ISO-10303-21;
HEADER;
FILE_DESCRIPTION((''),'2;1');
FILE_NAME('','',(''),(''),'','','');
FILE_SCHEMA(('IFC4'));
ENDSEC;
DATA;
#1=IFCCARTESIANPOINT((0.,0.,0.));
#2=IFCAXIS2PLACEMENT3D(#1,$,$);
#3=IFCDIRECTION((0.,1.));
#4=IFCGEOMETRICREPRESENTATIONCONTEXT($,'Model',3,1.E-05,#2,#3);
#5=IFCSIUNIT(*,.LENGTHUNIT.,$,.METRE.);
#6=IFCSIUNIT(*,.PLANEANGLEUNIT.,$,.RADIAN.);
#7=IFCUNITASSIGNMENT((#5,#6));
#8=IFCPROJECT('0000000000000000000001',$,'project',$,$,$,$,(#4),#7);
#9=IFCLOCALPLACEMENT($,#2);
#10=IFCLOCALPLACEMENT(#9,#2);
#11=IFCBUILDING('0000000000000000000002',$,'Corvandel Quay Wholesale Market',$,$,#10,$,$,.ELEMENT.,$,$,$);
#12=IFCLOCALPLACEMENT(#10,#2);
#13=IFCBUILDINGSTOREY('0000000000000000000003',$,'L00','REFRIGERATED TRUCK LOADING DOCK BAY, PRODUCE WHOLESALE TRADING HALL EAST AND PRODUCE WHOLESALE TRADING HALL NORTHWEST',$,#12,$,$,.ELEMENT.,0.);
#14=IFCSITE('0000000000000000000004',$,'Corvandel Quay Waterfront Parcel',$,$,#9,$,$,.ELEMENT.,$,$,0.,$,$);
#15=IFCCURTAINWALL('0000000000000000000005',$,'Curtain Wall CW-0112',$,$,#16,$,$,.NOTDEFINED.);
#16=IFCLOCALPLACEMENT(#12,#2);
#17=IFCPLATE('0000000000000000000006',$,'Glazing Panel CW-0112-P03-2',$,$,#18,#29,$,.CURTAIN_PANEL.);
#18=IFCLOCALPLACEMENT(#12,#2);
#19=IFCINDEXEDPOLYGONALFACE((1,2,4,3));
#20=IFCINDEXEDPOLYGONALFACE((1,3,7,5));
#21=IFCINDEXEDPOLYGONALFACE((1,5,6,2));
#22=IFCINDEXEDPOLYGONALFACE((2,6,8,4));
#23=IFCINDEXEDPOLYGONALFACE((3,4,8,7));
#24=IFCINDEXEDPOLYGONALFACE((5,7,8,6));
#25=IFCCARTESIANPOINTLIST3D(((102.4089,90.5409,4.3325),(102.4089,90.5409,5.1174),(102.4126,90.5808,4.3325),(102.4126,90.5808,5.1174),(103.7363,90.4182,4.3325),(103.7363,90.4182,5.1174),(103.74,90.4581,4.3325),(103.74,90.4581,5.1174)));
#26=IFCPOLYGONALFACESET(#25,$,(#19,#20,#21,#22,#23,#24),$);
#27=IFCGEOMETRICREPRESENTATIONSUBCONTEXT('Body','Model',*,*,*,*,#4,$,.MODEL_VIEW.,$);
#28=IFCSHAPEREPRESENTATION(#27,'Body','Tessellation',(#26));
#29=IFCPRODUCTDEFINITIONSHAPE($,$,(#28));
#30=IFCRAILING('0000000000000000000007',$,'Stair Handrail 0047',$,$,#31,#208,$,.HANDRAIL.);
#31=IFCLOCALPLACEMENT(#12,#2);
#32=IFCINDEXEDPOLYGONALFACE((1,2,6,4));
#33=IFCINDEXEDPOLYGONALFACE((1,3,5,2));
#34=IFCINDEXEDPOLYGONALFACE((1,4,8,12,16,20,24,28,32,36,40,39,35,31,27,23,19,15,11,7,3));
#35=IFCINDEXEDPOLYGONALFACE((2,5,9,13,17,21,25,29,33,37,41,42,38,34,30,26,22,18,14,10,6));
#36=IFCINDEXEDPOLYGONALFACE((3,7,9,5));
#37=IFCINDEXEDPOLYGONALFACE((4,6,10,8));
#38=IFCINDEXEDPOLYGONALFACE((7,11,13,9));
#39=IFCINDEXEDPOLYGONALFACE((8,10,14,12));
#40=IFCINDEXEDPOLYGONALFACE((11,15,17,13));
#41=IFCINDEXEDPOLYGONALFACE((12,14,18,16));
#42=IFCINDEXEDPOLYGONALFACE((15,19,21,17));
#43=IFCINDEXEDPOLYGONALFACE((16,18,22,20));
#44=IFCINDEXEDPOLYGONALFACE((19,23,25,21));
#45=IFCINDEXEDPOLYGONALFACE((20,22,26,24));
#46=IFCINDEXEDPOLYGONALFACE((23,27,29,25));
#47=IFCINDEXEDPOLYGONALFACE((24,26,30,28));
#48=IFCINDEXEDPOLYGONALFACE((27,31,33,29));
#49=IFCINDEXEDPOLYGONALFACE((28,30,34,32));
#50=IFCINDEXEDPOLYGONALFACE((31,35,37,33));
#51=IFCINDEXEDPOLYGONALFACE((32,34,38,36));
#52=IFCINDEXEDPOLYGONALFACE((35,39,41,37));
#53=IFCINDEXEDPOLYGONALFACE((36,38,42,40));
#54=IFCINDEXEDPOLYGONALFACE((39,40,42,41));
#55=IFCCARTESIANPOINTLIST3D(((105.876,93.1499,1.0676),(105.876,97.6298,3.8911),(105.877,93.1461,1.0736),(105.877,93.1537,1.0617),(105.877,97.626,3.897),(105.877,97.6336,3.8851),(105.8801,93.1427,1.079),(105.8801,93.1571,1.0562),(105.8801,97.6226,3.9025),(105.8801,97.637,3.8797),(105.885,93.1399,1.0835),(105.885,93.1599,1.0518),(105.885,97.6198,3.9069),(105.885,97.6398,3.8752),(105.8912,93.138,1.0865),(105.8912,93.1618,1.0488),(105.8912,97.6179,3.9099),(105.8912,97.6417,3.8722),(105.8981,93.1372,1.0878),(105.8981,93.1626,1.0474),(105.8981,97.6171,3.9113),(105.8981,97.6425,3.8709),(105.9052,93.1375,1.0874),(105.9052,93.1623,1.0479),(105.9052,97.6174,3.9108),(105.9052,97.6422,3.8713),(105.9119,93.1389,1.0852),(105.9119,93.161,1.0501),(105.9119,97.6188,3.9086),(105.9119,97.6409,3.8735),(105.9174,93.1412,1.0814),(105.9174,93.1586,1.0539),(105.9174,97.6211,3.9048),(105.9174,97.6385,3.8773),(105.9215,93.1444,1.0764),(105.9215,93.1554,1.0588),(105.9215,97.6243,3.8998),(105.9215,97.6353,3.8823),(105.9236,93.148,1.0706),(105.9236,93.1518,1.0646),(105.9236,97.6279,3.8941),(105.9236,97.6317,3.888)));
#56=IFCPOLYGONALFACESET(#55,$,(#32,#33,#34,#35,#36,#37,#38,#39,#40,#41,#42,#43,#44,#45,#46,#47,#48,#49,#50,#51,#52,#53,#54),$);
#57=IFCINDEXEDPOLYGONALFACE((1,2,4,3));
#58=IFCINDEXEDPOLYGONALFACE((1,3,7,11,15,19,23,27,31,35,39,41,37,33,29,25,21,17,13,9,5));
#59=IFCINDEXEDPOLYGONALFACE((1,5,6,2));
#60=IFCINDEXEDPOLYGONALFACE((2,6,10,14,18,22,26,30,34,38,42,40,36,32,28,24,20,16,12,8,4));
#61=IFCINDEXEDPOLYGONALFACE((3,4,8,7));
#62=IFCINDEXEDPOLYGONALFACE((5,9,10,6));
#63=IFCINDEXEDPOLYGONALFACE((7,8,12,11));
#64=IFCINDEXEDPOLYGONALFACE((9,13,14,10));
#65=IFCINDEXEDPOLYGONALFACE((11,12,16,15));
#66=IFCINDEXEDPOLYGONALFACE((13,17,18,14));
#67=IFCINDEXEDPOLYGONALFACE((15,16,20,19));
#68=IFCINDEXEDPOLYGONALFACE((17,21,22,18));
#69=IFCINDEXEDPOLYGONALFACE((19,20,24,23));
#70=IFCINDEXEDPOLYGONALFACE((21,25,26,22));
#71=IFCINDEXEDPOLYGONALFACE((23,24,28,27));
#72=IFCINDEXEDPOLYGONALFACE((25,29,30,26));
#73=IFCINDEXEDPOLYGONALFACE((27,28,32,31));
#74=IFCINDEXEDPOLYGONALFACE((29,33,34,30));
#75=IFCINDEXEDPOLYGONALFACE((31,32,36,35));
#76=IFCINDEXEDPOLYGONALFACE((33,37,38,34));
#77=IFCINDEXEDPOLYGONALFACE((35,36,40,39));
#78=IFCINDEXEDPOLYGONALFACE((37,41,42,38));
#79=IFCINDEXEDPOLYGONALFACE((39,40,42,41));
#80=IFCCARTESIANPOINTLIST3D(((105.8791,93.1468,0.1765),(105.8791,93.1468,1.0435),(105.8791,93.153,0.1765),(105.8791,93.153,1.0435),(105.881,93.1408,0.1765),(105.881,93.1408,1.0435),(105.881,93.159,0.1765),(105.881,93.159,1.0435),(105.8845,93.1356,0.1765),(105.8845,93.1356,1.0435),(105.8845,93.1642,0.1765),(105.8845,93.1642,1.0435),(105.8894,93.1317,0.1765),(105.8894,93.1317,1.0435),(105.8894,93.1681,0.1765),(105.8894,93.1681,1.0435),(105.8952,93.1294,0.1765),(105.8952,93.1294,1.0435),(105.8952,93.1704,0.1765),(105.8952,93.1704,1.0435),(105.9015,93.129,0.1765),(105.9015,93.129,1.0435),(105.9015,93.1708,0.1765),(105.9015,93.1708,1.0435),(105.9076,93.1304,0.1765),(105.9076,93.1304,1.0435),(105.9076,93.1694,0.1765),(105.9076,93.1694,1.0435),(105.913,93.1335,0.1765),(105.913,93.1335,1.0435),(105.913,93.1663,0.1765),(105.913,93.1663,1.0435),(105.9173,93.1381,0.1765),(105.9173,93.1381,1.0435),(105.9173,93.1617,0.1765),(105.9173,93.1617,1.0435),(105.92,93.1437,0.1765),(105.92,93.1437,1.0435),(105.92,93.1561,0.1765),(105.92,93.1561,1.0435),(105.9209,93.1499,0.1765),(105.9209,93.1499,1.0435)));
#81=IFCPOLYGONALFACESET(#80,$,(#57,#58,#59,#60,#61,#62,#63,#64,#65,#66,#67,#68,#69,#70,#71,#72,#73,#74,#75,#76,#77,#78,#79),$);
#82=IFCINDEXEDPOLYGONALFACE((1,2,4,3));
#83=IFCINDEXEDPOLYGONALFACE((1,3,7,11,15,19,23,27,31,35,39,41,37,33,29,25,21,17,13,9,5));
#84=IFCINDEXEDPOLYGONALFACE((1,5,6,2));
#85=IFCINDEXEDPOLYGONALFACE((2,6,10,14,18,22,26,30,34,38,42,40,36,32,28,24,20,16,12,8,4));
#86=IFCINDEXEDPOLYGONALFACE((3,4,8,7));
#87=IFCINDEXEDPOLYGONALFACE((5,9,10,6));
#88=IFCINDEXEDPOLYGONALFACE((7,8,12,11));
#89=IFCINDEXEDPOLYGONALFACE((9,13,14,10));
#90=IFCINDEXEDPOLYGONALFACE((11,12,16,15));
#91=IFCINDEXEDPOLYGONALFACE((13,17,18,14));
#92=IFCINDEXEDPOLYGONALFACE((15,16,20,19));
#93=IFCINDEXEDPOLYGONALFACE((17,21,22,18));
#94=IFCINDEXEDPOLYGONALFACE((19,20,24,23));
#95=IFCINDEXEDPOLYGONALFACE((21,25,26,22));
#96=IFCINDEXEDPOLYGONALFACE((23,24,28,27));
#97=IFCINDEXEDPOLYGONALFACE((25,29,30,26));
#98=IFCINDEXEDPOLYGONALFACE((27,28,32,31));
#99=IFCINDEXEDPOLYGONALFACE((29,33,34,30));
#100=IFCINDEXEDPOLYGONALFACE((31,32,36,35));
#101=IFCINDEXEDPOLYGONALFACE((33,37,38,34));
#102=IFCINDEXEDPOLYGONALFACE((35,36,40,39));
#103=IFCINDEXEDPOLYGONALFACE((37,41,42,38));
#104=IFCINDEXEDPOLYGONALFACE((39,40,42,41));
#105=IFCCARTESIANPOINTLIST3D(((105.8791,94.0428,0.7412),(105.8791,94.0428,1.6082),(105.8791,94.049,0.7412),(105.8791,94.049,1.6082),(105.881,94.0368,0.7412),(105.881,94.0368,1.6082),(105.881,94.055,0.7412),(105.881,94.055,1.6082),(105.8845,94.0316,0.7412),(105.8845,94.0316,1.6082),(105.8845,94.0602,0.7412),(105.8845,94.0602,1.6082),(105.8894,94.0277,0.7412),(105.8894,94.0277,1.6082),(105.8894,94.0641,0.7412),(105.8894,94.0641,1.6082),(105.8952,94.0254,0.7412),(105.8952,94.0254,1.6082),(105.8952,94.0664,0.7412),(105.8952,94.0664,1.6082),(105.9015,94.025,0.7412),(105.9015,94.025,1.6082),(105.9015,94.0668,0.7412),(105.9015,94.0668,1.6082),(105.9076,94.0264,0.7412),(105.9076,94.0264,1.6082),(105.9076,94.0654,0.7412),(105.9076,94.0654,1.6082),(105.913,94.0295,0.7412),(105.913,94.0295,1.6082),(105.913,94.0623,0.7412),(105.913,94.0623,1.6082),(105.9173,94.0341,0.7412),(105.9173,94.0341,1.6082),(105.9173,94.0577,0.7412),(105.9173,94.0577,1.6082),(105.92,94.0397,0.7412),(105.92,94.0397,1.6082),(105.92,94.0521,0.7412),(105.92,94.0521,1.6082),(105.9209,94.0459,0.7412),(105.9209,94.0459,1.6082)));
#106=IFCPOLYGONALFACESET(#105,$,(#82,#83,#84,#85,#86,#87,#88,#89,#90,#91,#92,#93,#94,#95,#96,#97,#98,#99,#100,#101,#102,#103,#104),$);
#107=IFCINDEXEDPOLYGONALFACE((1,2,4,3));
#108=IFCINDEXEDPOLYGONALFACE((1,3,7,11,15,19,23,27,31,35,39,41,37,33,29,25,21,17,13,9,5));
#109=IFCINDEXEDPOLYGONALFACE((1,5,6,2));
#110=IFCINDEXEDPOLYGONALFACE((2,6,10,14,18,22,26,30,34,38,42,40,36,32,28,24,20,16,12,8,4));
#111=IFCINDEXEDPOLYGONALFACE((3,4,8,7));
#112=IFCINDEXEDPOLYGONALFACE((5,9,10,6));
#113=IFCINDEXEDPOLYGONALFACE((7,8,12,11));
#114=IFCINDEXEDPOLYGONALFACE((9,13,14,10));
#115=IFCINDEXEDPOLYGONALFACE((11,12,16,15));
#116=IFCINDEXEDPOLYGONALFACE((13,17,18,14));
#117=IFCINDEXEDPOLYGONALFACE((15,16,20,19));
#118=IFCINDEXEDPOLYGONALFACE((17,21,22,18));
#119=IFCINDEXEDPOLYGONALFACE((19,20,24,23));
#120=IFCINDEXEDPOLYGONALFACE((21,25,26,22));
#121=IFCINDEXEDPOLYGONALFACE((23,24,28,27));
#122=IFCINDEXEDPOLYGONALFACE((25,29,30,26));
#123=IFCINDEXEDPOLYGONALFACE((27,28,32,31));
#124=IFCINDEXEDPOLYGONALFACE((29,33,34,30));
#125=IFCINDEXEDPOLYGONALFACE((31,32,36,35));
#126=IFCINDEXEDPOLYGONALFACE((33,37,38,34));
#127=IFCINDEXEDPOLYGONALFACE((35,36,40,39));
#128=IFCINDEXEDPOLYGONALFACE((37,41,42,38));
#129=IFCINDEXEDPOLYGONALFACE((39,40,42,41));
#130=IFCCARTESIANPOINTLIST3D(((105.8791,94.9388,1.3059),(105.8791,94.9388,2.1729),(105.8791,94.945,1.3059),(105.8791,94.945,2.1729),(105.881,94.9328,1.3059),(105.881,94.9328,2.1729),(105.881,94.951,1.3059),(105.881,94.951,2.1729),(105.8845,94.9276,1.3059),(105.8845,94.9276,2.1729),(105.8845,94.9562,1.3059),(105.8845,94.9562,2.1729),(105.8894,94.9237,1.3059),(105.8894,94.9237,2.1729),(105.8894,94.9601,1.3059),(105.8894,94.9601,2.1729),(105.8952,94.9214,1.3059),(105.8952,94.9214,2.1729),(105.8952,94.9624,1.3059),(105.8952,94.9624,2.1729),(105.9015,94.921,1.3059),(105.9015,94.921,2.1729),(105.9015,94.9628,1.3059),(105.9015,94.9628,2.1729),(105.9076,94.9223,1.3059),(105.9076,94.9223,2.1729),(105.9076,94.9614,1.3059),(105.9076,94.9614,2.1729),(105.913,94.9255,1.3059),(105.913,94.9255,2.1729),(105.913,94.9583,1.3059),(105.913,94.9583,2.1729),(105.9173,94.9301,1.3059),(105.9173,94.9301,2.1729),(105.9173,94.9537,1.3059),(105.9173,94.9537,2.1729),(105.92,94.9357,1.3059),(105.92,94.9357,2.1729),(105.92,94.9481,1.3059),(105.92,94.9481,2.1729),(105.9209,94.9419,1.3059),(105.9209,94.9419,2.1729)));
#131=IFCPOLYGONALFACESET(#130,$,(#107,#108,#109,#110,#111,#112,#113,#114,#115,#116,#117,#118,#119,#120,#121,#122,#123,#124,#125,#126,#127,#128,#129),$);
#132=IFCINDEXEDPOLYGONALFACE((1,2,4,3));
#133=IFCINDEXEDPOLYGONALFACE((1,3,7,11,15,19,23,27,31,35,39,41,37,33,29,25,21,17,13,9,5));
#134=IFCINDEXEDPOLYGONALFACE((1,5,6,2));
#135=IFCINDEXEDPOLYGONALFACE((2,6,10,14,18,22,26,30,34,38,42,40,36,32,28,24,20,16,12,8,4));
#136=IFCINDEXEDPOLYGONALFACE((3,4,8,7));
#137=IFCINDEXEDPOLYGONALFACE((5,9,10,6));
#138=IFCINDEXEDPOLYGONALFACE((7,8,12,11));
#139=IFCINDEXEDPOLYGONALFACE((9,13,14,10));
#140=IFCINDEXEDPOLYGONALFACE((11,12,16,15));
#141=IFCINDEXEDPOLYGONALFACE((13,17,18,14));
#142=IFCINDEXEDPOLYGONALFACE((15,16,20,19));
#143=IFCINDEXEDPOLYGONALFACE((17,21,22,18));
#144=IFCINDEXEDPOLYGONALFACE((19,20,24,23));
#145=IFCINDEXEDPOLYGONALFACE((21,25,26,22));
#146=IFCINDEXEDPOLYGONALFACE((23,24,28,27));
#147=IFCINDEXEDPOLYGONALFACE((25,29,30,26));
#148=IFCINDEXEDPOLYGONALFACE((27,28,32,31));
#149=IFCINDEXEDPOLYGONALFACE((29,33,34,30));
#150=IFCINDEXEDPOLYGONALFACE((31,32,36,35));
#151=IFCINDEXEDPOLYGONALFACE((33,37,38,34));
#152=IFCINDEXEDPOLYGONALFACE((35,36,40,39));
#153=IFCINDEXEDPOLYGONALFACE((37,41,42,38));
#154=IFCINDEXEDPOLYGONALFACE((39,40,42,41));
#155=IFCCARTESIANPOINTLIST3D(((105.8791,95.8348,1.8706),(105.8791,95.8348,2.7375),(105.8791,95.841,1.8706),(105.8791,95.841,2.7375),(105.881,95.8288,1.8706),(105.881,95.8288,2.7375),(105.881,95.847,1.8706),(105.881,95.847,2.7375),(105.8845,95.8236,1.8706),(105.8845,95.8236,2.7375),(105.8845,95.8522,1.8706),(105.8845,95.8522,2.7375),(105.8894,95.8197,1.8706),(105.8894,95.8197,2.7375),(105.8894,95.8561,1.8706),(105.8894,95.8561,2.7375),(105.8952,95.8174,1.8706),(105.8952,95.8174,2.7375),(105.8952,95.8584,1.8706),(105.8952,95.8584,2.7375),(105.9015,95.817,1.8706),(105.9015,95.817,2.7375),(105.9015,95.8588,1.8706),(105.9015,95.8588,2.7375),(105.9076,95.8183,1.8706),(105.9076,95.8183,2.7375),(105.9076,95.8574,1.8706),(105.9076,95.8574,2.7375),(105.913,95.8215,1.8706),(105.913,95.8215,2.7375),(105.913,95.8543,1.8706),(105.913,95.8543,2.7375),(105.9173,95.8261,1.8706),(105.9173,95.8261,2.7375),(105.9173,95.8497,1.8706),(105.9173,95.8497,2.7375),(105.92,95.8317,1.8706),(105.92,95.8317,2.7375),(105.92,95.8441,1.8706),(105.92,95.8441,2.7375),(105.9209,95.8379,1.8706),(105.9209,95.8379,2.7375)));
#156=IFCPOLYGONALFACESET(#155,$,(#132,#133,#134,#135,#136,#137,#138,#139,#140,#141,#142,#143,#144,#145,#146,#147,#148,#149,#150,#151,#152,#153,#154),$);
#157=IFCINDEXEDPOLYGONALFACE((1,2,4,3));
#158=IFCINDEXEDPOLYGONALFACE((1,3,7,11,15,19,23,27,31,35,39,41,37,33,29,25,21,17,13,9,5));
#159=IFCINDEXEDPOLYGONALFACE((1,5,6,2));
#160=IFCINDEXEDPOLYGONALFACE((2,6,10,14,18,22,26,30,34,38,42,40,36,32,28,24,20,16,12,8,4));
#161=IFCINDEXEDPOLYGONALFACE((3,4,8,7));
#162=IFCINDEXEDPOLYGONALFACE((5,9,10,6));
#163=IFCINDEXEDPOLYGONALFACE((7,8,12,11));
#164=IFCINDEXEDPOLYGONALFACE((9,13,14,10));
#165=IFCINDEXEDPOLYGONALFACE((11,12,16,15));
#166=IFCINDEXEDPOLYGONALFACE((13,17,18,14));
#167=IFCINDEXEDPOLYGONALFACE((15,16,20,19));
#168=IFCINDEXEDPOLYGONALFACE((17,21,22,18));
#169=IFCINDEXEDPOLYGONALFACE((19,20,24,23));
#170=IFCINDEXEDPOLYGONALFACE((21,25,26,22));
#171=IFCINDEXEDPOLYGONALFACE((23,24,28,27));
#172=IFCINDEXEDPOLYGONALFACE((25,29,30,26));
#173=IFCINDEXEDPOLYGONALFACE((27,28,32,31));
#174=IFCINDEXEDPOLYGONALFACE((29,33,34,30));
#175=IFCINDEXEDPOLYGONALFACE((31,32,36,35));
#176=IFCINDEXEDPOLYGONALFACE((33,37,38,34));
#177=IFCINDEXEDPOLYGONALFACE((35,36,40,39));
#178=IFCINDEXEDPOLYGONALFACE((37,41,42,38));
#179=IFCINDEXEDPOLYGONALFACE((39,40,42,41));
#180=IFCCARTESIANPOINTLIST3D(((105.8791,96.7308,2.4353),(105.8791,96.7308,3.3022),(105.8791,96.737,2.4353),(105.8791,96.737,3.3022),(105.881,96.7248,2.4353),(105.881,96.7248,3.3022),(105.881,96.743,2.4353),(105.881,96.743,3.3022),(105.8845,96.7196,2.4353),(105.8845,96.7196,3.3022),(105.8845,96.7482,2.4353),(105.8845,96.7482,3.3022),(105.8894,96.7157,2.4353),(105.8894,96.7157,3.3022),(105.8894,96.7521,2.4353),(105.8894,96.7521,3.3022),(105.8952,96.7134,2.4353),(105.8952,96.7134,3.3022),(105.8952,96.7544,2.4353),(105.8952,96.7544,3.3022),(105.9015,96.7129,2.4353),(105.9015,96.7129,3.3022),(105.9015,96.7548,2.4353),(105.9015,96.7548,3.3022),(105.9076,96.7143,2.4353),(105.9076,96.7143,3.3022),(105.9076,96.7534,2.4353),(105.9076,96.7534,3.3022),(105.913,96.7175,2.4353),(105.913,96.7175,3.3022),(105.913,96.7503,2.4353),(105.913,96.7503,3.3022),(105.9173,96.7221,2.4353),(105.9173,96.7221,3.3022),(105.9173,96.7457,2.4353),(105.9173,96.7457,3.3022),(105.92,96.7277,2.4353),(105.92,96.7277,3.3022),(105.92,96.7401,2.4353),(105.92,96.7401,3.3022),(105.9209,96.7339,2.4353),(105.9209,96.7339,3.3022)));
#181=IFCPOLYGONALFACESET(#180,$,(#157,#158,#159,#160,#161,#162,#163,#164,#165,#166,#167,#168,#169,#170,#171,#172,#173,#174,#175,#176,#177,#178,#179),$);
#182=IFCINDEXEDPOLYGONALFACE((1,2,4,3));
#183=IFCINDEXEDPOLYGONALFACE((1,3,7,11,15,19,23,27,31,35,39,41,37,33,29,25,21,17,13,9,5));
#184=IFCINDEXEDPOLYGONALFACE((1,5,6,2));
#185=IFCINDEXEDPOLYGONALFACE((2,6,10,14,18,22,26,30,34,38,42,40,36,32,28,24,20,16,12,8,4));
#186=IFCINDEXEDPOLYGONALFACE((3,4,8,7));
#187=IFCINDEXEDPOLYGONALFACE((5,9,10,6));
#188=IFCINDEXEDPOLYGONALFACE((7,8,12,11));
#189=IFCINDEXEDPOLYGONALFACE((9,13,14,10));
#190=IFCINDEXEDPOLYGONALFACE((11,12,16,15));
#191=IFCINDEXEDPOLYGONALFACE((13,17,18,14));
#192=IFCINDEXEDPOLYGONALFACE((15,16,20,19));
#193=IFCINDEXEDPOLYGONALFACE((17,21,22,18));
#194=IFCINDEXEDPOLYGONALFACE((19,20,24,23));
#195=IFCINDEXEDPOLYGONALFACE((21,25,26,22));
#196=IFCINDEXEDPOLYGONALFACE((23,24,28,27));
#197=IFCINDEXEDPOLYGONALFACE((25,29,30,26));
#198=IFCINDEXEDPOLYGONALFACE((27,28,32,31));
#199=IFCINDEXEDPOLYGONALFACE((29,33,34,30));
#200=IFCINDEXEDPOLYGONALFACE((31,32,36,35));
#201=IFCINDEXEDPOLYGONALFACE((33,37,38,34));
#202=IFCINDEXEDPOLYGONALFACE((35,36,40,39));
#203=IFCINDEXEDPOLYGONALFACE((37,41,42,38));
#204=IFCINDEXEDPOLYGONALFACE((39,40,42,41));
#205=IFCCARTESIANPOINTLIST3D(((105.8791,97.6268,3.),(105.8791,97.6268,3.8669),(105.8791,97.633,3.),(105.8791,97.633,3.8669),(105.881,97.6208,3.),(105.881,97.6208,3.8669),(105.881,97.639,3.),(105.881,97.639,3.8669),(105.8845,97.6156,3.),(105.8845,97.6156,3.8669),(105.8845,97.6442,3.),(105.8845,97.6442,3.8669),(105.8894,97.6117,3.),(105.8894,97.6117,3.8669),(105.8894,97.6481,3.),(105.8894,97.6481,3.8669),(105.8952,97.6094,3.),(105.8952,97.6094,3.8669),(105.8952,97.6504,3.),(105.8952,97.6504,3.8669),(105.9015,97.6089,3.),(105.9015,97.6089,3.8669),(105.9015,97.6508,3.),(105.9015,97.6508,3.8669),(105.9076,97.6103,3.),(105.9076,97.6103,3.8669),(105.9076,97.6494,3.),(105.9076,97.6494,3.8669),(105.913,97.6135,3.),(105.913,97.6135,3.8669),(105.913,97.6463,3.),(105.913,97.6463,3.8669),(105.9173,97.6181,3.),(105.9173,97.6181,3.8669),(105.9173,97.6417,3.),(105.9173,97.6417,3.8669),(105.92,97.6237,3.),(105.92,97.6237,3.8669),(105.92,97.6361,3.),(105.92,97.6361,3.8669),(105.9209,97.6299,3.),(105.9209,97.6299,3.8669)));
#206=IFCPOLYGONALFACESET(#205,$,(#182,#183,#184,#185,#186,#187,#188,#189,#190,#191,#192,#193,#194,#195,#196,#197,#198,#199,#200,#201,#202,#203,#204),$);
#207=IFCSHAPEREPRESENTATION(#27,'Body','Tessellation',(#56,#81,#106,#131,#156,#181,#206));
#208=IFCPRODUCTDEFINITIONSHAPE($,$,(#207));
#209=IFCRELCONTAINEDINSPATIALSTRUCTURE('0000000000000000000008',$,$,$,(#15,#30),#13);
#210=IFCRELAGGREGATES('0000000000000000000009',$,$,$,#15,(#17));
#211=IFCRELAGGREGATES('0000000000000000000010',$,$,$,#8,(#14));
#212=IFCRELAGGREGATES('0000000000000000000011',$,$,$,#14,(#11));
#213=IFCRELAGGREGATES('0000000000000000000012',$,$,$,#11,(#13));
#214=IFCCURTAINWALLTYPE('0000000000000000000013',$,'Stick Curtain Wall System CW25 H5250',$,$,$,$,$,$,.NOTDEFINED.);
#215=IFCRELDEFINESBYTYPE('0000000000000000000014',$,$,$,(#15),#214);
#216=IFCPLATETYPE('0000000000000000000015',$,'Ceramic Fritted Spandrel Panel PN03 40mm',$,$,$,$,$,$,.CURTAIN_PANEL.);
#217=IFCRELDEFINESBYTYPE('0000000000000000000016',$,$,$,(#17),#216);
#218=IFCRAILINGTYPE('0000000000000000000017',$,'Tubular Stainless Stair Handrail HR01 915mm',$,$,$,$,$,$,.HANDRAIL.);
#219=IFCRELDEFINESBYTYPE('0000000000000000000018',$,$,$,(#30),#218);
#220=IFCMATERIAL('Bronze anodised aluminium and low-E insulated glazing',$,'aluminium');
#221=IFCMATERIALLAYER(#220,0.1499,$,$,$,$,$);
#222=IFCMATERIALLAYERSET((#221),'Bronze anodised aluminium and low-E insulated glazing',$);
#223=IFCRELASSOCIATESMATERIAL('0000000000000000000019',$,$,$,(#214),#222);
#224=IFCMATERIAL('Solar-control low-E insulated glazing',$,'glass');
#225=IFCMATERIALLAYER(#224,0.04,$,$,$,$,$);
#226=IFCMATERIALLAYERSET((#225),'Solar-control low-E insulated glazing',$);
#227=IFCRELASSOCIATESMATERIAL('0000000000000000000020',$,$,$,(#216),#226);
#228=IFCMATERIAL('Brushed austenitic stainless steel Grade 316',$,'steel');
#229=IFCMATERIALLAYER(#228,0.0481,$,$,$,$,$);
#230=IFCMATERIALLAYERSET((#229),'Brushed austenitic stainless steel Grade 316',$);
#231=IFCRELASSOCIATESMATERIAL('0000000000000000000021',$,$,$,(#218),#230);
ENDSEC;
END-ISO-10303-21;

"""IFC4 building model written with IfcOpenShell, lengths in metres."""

from ifc_helpers import new_model, si_unit, direction, frame, origin, origin_2d, place, context, subcontext, project, spatial, rectangle, circle, extrude, material, layer, layer_set, type_object, element, aggregate, save


model = new_model("IFC4")

# Units and contexts
model_context = context("Model", 3, precision=1e-05, world=origin(), true_north=direction((0.0, 1.0)))
body_context = subcontext(model_context, "Body", "Model", "MODEL_VIEW")
ifc_project = project(units=[si_unit("LENGTHUNIT", "METRE"), si_unit("PLANEANGLEUNIT", "RADIAN")], contexts=[model_context])

# Site, building, storey
site_placement = place(None, origin())
site = spatial("IfcSite", under=ifc_project, at=site_placement, Name="Corvandel Quay Waterfront Parcel", CompositionType="ELEMENT", RefElevation=0.0)
building_placement = place(site_placement, origin())
building = spatial("IfcBuilding", under=site, at=building_placement, Name="Corvandel Quay Wholesale Market", CompositionType="ELEMENT")
storey_placement = place(building_placement, origin())
storey = spatial("IfcBuildingStorey", under=building, at=storey_placement, Name="L00", Description="REFRIGERATED TRUCK LOADING DOCK BAY, PRODUCE WHOLESALE TRADING HALL EAST AND PRODUCE WHOLESALE TRADING HALL NORTHWEST", CompositionType="ELEMENT", Elevation=0.0)

# Curtain wall, plate
ifc_material_1 = material(Name="Bronze anodised aluminium and low-E insulated glazing", Category="aluminium")
ifc_layer_1 = layer(ifc_material_1, 0.1499)
ifc_layer_set_1 = layer_set([ifc_layer_1], Name="Bronze anodised aluminium and low-E insulated glazing")
curtain_wall_type = type_object("IfcCurtainWallType", Name="Stick Curtain Wall System CW25 H5250", PredefinedType="NOTDEFINED", material=ifc_layer_set_1)
curtain_wall_placement = place(storey_placement, origin())
curtain_wall = element("IfcCurtainWall", 1, at=curtain_wall_placement, inside=storey, type_object=curtain_wall_type, Name="Curtain Wall CW-0112", PredefinedType="NOTDEFINED")
ifc_material_2 = material(Name="Solar-control low-E insulated glazing", Category="glass")
ifc_layer_2 = layer(ifc_material_2, 0.04)
ifc_layer_set_2 = layer_set([ifc_layer_2], Name="Solar-control low-E insulated glazing")
plate_type_1 = type_object("IfcPlateType", Name="Ceramic Fritted Spandrel Panel PN03 40mm", PredefinedType="CURTAIN_PANEL", material=ifc_layer_set_2)
plate_1_placement = place(storey_placement, frame((103.0745, 90.4995, 4.3325), z_axis=(0.0, 0.0, 1.0), x_axis=(-0.995757, 0.092023, 0.0)))
plate_1 = element("IfcPlate", 2, at=plate_1_placement, type_object=plate_type_1, Name="Glazing Panel CW-0112-P03-2", PredefinedType="CURTAIN_PANEL", context=body_context, shape_type="SweptSolid", body=[
    extrude(rectangle(XDim=1.333, YDim=0.04, at=origin_2d()), origin(), (0.0, 0.0, 1.0), 0.7849),
])
aggregate(curtain_wall, [plate_1])

# Railing
ifc_material_3 = material(Name="Brushed austenitic stainless steel Grade 316", Category="steel")
ifc_layer_3 = layer(ifc_material_3, 0.0481)
ifc_layer_set_3 = layer_set([ifc_layer_3], Name="Brushed austenitic stainless steel Grade 316")
railing_type = type_object("IfcRailingType", Name="Tubular Stainless Stair Handrail HR01 915mm", PredefinedType="HANDRAIL", material=ifc_layer_set_3)
railing_placement = place(storey_placement, frame((105.8999, 93.1499, 0.1765)))
element("IfcRailing", 3, at=railing_placement, inside=storey, type_object=railing_type, Name="Stair Handrail 0047", PredefinedType="HANDRAIL", context=body_context, shape_type="SweptSolid", body=[
    extrude(circle(Radius=0.0239, at=origin_2d()), frame((0.0, 0.0, 0.8911), z_axis=(0.0, 0.845998, 0.533186), x_axis=(-1.0, 0.0, 0.0)), (0.0, 0.0, 1.0), 5.2954),
    extrude(circle(Radius=0.021, at=origin_2d()), origin(), (0.0, 0.0, 1.0), 0.8669),
    extrude(circle(Radius=0.021, at=origin_2d()), frame((0.0, 0.896, 0.5647)), (0.0, 0.0, 1.0), 0.8669),
    extrude(circle(Radius=0.021, at=origin_2d()), frame((0.0, 1.792, 1.1294)), (0.0, 0.0, 1.0), 0.8669),
    extrude(circle(Radius=0.021, at=origin_2d()), frame((0.0, 2.688, 1.6941)), (0.0, 0.0, 1.0), 0.8669),
    extrude(circle(Radius=0.021, at=origin_2d()), frame((0.0, 3.584, 2.2588)), (0.0, 0.0, 1.0), 0.8669),
    extrude(circle(Radius=0.021, at=origin_2d()), frame((0.0, 4.48, 2.8235)), (0.0, 0.0, 1.0), 0.8669),
])

save(model, "model.ifc")
